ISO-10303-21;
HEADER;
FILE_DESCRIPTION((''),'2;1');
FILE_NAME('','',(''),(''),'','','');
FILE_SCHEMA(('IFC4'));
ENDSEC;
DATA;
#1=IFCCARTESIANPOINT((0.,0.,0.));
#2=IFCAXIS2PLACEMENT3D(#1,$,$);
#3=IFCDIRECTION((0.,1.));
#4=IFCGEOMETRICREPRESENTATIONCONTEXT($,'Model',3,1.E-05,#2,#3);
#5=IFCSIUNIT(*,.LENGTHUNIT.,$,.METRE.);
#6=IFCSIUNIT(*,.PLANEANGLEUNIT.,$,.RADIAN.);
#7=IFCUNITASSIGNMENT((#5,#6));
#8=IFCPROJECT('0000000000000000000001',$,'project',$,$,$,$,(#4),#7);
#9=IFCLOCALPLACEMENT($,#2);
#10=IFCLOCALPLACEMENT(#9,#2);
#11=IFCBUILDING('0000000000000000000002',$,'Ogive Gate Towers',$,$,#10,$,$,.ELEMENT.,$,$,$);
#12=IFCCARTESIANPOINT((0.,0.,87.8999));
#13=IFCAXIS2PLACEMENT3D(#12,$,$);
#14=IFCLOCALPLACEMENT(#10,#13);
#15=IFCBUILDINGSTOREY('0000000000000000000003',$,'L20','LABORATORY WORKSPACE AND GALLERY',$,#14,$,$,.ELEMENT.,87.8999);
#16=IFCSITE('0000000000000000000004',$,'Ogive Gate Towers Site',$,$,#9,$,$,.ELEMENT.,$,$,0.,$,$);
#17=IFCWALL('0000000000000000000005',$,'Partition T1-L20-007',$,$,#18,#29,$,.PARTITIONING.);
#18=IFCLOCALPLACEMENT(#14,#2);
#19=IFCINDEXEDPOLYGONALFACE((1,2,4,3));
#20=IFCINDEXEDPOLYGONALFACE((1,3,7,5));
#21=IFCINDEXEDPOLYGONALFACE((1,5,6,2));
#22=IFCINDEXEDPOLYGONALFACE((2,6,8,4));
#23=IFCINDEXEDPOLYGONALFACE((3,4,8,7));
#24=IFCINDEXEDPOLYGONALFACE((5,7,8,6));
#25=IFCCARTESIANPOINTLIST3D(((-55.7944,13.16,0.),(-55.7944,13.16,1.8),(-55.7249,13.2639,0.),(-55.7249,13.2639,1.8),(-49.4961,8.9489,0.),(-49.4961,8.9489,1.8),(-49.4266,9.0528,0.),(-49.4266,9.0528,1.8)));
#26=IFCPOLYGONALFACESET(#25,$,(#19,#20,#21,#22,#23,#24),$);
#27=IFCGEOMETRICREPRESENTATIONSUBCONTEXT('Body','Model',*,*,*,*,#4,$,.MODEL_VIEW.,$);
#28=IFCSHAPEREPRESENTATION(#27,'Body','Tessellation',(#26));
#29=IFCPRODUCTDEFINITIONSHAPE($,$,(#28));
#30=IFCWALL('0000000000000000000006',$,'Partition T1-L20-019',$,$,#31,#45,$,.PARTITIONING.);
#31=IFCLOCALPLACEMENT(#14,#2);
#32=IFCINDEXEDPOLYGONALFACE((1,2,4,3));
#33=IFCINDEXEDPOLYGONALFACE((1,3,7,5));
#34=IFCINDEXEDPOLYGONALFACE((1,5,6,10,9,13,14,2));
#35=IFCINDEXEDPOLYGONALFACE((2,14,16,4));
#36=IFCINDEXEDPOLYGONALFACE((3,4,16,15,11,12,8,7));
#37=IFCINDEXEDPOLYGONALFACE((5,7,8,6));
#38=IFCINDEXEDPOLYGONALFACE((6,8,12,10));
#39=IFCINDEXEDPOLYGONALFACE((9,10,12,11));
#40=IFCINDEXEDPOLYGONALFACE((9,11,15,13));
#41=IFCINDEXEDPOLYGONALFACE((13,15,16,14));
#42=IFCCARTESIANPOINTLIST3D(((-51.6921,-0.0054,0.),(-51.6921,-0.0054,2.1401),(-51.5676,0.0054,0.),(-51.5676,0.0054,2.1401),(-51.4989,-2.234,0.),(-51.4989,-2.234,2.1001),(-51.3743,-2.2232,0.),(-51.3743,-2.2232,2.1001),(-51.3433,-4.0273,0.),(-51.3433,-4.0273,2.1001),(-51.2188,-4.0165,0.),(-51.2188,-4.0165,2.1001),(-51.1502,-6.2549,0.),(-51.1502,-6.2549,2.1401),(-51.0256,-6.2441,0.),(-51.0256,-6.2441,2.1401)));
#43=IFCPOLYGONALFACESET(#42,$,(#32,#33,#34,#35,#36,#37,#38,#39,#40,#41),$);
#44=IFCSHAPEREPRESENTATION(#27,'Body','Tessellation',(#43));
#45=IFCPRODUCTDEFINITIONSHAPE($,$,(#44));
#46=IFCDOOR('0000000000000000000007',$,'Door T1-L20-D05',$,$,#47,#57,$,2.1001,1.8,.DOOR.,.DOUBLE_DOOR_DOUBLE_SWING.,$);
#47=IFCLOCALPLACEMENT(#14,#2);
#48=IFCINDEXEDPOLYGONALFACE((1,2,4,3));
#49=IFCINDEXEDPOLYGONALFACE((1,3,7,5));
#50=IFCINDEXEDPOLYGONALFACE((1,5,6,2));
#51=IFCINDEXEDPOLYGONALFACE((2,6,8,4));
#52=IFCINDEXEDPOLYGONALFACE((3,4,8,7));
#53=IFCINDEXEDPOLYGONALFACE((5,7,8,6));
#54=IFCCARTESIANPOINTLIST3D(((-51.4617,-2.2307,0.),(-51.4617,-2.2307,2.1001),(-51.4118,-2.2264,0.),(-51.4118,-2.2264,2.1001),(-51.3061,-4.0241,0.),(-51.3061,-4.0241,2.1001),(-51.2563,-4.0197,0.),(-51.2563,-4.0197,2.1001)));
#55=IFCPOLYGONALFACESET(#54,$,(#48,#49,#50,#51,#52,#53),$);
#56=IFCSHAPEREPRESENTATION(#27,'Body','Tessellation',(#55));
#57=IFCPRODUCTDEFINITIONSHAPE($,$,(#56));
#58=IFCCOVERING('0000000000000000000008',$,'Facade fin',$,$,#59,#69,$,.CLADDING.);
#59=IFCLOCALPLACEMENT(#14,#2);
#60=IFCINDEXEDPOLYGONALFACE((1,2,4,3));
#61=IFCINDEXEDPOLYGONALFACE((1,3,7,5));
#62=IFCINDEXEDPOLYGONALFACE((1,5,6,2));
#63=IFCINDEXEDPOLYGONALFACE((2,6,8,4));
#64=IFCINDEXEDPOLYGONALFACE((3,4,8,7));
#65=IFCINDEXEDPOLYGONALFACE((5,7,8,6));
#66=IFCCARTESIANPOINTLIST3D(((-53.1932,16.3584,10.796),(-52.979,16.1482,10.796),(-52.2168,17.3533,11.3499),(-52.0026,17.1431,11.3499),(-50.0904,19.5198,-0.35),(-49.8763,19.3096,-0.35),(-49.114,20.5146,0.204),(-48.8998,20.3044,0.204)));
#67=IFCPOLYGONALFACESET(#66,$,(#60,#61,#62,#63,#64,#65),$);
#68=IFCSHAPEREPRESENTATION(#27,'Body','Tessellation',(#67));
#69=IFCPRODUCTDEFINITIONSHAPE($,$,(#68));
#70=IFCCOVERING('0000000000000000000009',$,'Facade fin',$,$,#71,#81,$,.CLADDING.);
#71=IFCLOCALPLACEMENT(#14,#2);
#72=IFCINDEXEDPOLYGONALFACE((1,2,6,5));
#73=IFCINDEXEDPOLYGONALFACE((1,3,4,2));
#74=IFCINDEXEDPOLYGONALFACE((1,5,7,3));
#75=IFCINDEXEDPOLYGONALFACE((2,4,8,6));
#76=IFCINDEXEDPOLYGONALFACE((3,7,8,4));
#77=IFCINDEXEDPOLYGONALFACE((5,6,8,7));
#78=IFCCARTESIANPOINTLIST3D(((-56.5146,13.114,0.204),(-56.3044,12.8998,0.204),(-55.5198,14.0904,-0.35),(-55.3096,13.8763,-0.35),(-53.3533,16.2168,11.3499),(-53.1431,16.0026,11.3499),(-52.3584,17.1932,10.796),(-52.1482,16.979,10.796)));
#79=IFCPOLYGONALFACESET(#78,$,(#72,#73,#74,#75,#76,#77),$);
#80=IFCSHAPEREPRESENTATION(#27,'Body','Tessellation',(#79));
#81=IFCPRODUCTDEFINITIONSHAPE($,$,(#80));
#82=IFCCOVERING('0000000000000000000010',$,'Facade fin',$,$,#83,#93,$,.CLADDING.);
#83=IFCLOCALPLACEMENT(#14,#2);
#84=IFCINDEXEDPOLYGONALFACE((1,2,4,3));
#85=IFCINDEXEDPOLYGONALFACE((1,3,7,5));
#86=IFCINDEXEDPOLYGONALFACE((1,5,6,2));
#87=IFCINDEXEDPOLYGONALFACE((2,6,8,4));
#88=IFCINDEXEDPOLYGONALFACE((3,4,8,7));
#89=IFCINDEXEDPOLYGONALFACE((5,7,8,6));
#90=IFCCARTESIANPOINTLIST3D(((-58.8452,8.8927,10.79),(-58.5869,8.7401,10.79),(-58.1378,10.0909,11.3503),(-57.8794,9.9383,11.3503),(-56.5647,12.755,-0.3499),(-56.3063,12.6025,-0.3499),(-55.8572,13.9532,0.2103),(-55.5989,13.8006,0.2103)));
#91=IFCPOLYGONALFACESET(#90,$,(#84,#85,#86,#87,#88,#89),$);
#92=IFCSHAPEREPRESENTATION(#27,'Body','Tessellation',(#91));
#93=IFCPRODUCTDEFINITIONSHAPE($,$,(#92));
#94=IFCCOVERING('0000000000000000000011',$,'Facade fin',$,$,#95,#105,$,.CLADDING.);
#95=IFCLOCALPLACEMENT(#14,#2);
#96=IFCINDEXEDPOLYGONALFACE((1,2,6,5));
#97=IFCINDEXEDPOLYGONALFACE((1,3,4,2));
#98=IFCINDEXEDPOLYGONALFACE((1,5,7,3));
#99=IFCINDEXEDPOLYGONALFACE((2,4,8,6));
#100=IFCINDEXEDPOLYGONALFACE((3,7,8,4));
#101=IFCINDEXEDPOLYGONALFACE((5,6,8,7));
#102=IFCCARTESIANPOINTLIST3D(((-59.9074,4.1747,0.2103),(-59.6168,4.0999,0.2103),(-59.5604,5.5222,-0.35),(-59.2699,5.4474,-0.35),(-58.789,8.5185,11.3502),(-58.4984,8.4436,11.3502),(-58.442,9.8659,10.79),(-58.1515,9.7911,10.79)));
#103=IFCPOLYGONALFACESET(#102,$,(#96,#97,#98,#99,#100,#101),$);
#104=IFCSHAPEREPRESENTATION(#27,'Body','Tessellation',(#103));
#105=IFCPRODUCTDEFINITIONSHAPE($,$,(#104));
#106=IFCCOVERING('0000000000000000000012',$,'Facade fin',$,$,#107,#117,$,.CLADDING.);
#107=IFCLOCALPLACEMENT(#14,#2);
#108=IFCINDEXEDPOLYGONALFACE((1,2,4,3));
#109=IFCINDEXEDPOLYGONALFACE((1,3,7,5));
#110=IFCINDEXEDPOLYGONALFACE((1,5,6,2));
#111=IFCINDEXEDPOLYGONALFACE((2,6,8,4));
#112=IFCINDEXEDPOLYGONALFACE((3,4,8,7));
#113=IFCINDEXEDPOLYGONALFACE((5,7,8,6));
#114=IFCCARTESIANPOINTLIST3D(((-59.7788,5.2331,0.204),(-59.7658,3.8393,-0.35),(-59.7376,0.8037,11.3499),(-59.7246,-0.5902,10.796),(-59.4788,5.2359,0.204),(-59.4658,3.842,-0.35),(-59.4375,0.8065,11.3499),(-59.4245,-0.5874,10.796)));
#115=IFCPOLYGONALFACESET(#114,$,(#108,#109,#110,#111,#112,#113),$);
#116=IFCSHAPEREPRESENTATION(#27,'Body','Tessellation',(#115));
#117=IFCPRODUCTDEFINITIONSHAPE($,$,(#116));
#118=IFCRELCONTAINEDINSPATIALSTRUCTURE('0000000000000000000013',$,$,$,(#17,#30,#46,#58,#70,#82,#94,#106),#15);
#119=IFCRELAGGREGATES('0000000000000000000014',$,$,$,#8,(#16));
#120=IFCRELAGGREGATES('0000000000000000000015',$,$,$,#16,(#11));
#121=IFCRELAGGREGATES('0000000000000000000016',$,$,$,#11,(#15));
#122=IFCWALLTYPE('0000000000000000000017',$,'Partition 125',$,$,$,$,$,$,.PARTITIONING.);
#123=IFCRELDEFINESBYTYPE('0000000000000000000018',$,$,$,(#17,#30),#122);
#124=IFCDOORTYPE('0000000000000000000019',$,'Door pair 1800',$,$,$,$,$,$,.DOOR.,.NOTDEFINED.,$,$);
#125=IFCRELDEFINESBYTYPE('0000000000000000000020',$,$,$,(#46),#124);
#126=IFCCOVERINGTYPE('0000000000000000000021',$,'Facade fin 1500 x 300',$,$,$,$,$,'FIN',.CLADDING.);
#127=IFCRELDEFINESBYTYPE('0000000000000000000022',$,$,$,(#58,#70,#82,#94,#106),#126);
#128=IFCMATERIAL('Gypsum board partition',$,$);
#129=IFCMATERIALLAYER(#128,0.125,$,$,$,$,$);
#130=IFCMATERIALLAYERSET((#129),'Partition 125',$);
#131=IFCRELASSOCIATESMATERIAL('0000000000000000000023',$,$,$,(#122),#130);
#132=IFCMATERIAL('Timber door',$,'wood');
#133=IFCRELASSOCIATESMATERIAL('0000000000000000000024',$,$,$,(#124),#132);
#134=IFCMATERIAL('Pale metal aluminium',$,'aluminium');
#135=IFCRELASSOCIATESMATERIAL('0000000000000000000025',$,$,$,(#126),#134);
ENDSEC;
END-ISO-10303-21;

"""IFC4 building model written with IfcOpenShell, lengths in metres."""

from ifc_helpers import new_model, si_unit, direction, frame, frame_2d, origin, origin_2d, place, context, subcontext, project, spatial, rectangle, extrude, material, layer, layer_set, material_profile, profile_set, type_object, element, fill, save


model = new_model("IFC4")

# Units and contexts
model_context = context("Model", 3, precision=1e-05, world=origin(), true_north=direction((0.0, 1.0)))
body_context = subcontext(model_context, "Body", "Model", "MODEL_VIEW")
ifc_project = project(units=[si_unit("LENGTHUNIT", "METRE"), si_unit("PLANEANGLEUNIT", "RADIAN")], contexts=[model_context])

# Site, building, storey
site_placement = place(None, origin())
site = spatial("IfcSite", under=ifc_project, at=site_placement, Name="Ogive Gate Towers Site", CompositionType="ELEMENT", RefElevation=0.0)
building_placement = place(site_placement, origin())
building = spatial("IfcBuilding", under=site, at=building_placement, Name="Ogive Gate Towers", CompositionType="ELEMENT")
storey_placement = place(building_placement, frame((0.0, 0.0, 87.8999)))
storey = spatial("IfcBuildingStorey", under=building, at=storey_placement, Name="L20", Description="LABORATORY WORKSPACE AND GALLERY", CompositionType="ELEMENT", Elevation=87.8999)

# Shared definitions
ifc_material_1 = material(Name="Pale metal aluminium", Category="aluminium")

# Wall
ifc_material_2 = material(Name="Gypsum board partition")
ifc_layer_1 = layer(ifc_material_2, 0.125)
ifc_layer_set_1 = layer_set([ifc_layer_1], Name="Partition 125")
wall_type = type_object("IfcWallType", Name="Partition 125", PredefinedType="PARTITIONING", material=ifc_layer_set_1)
wall_1_placement = place(storey_placement, frame((-55.7595, 13.2119, 0.0), z_axis=(0.0, 0.0, 1.0), x_axis=(0.831301, -0.555823, 0.0)))
element("IfcWall", 1, at=wall_1_placement, inside=storey, type_object=wall_type, Name="Partition T1-L20-007", PredefinedType="PARTITIONING", context=body_context, shape_type="SweptSolid", body=[
    extrude(rectangle(XDim=7.5764, YDim=0.125, at=frame_2d((3.7881, 0.0))), origin(), (0.0, 0.0, 1.0), 1.8),
])

# Wall, opening, door
wall_2_placement = place(storey_placement, frame((-51.6299, 0.0, 0.0), z_axis=(0.0, 0.0, 1.0), x_axis=(0.086401, -0.99626, 0.0)))
wall_2 = element("IfcWall", 2, at=wall_2_placement, inside=storey, type_object=wall_type, Name="Partition T1-L20-019", PredefinedType="PARTITIONING", context=body_context, shape_type="SweptSolid", body=[
    extrude(rectangle(XDim=6.2729, YDim=0.125, at=frame_2d((3.1365, 0.0))), origin(), (0.0, 0.0, 1.0), 2.1401),
])
opening_placement = place(wall_2_placement, frame((2.2371, 0.0, 0.0)))
opening = element("IfcOpeningElement", 3, at=opening_placement, cuts=wall_2, PredefinedType="OPENING", context=body_context, shape_type="SweptSolid", body=[
    extrude(rectangle(XDim=1.8, YDim=2.1001, at=frame_2d((0.8999, 1.05))), frame((0.0, 0.0725, 0.0), z_axis=(0.0, -1.0, 0.0), x_axis=(1.0, 0.0, 0.0)), (0.0, 0.0, 1.0), 0.145),
])
ifc_material_3 = material(Name="Timber door", Category="wood")
door_type = type_object("IfcDoorType", Name="Door pair 1800", OperationType="NOTDEFINED", PredefinedType="DOOR", material=ifc_material_3)
door_placement = place(opening_placement, origin())
door = element("IfcDoor", 4, at=door_placement, inside=storey, type_object=door_type, Name="Door T1-L20-D05", OperationType="DOUBLE_DOOR_DOUBLE_SWING", OverallHeight=2.1001, OverallWidth=1.8, PredefinedType="DOOR", context=body_context, shape_type="SweptSolid", body=[
    extrude(rectangle(XDim=1.8, YDim=2.1001, at=frame_2d((0.8999, 1.05))), frame((0.0, 0.0249, 0.0), z_axis=(0.0, -1.0, 0.0), x_axis=(1.0, 0.0, 0.0)), (0.0, 0.0, 1.0), 0.05),
])
fill(opening, door)

# Coverings
ifc_material_profile_1 = material_profile(ifc_material_1, rectangle(XDim=0.3, YDim=1.5, at=origin_2d()), Name="1500 x 300 pale metal aluminium")
ifc_profile_set_1 = profile_set([ifc_material_profile_1], Name="Pale metal aluminium")
covering_type = type_object("IfcCoveringType", Name="Facade fin 1500 x 300", ElementType="FIN", PredefinedType="CLADDING", material=ifc_profile_set_1)
for number, where, z_axis, x_axis, name in (
    (5, (-49.4951, 19.9121, -0.073), (-0.258696, -0.263581, 0.929302), (0.71369, -0.700462, 0.0), "Facade fin"),
    (6, (-55.9121, 13.4951, -0.073), (0.263581, 0.258696, 0.929302), (-0.700462, 0.71369, 0.0), "Facade fin"),
):
    element("IfcCovering", number, at=place(storey_placement, frame(where, z_axis=z_axis, x_axis=x_axis)), inside=storey, type_object=covering_type, Name=name, PredefinedType="CLADDING", context=body_context, shape_type="SweptSolid", body=[
        extrude(rectangle(XDim=0.3, YDim=1.5, at=origin_2d()), origin(), (0.0, 0.0, 1.0), 11.9939),
    ])
for number, where, z_axis, x_axis, name in (
    (7, (-56.0818, 13.2778, -0.0698), (-0.189901, -0.321618, 0.927631), (0.861098, -0.50844, 0.0), "Facade fin"),
    (8, (-59.5886, 4.811, -0.0698), (0.093131, 0.361708, 0.927628), (-0.968415, 0.249343, 0.0), "Facade fin"),
):
    element("IfcCovering", number, at=place(storey_placement, frame(where, z_axis=z_axis, x_axis=x_axis)), inside=storey, type_object=covering_type, Name=name, PredefinedType="CLADDING", context=body_context, shape_type="SweptSolid", body=[
        extrude(rectangle(XDim=0.3, YDim=1.5, at=origin_2d()), origin(), (0.0, 0.0, 1.0), 12.009),
    ])
covering_placement = place(storey_placement, frame((-59.6223, 4.5376, -0.073), z_axis=(0.00344, -0.369306, 0.929301), x_axis=(0.999957, 0.009314, 0.0)))
element("IfcCovering", 9, at=covering_placement, inside=storey, type_object=covering_type, Name="Facade fin", PredefinedType="CLADDING", context=body_context, shape_type="SweptSolid", body=[
    extrude(rectangle(XDim=0.3, YDim=1.5, at=origin_2d()), origin(), (0.0, 0.0, 1.0), 11.9939),
])

save(model, "model.ifc")
